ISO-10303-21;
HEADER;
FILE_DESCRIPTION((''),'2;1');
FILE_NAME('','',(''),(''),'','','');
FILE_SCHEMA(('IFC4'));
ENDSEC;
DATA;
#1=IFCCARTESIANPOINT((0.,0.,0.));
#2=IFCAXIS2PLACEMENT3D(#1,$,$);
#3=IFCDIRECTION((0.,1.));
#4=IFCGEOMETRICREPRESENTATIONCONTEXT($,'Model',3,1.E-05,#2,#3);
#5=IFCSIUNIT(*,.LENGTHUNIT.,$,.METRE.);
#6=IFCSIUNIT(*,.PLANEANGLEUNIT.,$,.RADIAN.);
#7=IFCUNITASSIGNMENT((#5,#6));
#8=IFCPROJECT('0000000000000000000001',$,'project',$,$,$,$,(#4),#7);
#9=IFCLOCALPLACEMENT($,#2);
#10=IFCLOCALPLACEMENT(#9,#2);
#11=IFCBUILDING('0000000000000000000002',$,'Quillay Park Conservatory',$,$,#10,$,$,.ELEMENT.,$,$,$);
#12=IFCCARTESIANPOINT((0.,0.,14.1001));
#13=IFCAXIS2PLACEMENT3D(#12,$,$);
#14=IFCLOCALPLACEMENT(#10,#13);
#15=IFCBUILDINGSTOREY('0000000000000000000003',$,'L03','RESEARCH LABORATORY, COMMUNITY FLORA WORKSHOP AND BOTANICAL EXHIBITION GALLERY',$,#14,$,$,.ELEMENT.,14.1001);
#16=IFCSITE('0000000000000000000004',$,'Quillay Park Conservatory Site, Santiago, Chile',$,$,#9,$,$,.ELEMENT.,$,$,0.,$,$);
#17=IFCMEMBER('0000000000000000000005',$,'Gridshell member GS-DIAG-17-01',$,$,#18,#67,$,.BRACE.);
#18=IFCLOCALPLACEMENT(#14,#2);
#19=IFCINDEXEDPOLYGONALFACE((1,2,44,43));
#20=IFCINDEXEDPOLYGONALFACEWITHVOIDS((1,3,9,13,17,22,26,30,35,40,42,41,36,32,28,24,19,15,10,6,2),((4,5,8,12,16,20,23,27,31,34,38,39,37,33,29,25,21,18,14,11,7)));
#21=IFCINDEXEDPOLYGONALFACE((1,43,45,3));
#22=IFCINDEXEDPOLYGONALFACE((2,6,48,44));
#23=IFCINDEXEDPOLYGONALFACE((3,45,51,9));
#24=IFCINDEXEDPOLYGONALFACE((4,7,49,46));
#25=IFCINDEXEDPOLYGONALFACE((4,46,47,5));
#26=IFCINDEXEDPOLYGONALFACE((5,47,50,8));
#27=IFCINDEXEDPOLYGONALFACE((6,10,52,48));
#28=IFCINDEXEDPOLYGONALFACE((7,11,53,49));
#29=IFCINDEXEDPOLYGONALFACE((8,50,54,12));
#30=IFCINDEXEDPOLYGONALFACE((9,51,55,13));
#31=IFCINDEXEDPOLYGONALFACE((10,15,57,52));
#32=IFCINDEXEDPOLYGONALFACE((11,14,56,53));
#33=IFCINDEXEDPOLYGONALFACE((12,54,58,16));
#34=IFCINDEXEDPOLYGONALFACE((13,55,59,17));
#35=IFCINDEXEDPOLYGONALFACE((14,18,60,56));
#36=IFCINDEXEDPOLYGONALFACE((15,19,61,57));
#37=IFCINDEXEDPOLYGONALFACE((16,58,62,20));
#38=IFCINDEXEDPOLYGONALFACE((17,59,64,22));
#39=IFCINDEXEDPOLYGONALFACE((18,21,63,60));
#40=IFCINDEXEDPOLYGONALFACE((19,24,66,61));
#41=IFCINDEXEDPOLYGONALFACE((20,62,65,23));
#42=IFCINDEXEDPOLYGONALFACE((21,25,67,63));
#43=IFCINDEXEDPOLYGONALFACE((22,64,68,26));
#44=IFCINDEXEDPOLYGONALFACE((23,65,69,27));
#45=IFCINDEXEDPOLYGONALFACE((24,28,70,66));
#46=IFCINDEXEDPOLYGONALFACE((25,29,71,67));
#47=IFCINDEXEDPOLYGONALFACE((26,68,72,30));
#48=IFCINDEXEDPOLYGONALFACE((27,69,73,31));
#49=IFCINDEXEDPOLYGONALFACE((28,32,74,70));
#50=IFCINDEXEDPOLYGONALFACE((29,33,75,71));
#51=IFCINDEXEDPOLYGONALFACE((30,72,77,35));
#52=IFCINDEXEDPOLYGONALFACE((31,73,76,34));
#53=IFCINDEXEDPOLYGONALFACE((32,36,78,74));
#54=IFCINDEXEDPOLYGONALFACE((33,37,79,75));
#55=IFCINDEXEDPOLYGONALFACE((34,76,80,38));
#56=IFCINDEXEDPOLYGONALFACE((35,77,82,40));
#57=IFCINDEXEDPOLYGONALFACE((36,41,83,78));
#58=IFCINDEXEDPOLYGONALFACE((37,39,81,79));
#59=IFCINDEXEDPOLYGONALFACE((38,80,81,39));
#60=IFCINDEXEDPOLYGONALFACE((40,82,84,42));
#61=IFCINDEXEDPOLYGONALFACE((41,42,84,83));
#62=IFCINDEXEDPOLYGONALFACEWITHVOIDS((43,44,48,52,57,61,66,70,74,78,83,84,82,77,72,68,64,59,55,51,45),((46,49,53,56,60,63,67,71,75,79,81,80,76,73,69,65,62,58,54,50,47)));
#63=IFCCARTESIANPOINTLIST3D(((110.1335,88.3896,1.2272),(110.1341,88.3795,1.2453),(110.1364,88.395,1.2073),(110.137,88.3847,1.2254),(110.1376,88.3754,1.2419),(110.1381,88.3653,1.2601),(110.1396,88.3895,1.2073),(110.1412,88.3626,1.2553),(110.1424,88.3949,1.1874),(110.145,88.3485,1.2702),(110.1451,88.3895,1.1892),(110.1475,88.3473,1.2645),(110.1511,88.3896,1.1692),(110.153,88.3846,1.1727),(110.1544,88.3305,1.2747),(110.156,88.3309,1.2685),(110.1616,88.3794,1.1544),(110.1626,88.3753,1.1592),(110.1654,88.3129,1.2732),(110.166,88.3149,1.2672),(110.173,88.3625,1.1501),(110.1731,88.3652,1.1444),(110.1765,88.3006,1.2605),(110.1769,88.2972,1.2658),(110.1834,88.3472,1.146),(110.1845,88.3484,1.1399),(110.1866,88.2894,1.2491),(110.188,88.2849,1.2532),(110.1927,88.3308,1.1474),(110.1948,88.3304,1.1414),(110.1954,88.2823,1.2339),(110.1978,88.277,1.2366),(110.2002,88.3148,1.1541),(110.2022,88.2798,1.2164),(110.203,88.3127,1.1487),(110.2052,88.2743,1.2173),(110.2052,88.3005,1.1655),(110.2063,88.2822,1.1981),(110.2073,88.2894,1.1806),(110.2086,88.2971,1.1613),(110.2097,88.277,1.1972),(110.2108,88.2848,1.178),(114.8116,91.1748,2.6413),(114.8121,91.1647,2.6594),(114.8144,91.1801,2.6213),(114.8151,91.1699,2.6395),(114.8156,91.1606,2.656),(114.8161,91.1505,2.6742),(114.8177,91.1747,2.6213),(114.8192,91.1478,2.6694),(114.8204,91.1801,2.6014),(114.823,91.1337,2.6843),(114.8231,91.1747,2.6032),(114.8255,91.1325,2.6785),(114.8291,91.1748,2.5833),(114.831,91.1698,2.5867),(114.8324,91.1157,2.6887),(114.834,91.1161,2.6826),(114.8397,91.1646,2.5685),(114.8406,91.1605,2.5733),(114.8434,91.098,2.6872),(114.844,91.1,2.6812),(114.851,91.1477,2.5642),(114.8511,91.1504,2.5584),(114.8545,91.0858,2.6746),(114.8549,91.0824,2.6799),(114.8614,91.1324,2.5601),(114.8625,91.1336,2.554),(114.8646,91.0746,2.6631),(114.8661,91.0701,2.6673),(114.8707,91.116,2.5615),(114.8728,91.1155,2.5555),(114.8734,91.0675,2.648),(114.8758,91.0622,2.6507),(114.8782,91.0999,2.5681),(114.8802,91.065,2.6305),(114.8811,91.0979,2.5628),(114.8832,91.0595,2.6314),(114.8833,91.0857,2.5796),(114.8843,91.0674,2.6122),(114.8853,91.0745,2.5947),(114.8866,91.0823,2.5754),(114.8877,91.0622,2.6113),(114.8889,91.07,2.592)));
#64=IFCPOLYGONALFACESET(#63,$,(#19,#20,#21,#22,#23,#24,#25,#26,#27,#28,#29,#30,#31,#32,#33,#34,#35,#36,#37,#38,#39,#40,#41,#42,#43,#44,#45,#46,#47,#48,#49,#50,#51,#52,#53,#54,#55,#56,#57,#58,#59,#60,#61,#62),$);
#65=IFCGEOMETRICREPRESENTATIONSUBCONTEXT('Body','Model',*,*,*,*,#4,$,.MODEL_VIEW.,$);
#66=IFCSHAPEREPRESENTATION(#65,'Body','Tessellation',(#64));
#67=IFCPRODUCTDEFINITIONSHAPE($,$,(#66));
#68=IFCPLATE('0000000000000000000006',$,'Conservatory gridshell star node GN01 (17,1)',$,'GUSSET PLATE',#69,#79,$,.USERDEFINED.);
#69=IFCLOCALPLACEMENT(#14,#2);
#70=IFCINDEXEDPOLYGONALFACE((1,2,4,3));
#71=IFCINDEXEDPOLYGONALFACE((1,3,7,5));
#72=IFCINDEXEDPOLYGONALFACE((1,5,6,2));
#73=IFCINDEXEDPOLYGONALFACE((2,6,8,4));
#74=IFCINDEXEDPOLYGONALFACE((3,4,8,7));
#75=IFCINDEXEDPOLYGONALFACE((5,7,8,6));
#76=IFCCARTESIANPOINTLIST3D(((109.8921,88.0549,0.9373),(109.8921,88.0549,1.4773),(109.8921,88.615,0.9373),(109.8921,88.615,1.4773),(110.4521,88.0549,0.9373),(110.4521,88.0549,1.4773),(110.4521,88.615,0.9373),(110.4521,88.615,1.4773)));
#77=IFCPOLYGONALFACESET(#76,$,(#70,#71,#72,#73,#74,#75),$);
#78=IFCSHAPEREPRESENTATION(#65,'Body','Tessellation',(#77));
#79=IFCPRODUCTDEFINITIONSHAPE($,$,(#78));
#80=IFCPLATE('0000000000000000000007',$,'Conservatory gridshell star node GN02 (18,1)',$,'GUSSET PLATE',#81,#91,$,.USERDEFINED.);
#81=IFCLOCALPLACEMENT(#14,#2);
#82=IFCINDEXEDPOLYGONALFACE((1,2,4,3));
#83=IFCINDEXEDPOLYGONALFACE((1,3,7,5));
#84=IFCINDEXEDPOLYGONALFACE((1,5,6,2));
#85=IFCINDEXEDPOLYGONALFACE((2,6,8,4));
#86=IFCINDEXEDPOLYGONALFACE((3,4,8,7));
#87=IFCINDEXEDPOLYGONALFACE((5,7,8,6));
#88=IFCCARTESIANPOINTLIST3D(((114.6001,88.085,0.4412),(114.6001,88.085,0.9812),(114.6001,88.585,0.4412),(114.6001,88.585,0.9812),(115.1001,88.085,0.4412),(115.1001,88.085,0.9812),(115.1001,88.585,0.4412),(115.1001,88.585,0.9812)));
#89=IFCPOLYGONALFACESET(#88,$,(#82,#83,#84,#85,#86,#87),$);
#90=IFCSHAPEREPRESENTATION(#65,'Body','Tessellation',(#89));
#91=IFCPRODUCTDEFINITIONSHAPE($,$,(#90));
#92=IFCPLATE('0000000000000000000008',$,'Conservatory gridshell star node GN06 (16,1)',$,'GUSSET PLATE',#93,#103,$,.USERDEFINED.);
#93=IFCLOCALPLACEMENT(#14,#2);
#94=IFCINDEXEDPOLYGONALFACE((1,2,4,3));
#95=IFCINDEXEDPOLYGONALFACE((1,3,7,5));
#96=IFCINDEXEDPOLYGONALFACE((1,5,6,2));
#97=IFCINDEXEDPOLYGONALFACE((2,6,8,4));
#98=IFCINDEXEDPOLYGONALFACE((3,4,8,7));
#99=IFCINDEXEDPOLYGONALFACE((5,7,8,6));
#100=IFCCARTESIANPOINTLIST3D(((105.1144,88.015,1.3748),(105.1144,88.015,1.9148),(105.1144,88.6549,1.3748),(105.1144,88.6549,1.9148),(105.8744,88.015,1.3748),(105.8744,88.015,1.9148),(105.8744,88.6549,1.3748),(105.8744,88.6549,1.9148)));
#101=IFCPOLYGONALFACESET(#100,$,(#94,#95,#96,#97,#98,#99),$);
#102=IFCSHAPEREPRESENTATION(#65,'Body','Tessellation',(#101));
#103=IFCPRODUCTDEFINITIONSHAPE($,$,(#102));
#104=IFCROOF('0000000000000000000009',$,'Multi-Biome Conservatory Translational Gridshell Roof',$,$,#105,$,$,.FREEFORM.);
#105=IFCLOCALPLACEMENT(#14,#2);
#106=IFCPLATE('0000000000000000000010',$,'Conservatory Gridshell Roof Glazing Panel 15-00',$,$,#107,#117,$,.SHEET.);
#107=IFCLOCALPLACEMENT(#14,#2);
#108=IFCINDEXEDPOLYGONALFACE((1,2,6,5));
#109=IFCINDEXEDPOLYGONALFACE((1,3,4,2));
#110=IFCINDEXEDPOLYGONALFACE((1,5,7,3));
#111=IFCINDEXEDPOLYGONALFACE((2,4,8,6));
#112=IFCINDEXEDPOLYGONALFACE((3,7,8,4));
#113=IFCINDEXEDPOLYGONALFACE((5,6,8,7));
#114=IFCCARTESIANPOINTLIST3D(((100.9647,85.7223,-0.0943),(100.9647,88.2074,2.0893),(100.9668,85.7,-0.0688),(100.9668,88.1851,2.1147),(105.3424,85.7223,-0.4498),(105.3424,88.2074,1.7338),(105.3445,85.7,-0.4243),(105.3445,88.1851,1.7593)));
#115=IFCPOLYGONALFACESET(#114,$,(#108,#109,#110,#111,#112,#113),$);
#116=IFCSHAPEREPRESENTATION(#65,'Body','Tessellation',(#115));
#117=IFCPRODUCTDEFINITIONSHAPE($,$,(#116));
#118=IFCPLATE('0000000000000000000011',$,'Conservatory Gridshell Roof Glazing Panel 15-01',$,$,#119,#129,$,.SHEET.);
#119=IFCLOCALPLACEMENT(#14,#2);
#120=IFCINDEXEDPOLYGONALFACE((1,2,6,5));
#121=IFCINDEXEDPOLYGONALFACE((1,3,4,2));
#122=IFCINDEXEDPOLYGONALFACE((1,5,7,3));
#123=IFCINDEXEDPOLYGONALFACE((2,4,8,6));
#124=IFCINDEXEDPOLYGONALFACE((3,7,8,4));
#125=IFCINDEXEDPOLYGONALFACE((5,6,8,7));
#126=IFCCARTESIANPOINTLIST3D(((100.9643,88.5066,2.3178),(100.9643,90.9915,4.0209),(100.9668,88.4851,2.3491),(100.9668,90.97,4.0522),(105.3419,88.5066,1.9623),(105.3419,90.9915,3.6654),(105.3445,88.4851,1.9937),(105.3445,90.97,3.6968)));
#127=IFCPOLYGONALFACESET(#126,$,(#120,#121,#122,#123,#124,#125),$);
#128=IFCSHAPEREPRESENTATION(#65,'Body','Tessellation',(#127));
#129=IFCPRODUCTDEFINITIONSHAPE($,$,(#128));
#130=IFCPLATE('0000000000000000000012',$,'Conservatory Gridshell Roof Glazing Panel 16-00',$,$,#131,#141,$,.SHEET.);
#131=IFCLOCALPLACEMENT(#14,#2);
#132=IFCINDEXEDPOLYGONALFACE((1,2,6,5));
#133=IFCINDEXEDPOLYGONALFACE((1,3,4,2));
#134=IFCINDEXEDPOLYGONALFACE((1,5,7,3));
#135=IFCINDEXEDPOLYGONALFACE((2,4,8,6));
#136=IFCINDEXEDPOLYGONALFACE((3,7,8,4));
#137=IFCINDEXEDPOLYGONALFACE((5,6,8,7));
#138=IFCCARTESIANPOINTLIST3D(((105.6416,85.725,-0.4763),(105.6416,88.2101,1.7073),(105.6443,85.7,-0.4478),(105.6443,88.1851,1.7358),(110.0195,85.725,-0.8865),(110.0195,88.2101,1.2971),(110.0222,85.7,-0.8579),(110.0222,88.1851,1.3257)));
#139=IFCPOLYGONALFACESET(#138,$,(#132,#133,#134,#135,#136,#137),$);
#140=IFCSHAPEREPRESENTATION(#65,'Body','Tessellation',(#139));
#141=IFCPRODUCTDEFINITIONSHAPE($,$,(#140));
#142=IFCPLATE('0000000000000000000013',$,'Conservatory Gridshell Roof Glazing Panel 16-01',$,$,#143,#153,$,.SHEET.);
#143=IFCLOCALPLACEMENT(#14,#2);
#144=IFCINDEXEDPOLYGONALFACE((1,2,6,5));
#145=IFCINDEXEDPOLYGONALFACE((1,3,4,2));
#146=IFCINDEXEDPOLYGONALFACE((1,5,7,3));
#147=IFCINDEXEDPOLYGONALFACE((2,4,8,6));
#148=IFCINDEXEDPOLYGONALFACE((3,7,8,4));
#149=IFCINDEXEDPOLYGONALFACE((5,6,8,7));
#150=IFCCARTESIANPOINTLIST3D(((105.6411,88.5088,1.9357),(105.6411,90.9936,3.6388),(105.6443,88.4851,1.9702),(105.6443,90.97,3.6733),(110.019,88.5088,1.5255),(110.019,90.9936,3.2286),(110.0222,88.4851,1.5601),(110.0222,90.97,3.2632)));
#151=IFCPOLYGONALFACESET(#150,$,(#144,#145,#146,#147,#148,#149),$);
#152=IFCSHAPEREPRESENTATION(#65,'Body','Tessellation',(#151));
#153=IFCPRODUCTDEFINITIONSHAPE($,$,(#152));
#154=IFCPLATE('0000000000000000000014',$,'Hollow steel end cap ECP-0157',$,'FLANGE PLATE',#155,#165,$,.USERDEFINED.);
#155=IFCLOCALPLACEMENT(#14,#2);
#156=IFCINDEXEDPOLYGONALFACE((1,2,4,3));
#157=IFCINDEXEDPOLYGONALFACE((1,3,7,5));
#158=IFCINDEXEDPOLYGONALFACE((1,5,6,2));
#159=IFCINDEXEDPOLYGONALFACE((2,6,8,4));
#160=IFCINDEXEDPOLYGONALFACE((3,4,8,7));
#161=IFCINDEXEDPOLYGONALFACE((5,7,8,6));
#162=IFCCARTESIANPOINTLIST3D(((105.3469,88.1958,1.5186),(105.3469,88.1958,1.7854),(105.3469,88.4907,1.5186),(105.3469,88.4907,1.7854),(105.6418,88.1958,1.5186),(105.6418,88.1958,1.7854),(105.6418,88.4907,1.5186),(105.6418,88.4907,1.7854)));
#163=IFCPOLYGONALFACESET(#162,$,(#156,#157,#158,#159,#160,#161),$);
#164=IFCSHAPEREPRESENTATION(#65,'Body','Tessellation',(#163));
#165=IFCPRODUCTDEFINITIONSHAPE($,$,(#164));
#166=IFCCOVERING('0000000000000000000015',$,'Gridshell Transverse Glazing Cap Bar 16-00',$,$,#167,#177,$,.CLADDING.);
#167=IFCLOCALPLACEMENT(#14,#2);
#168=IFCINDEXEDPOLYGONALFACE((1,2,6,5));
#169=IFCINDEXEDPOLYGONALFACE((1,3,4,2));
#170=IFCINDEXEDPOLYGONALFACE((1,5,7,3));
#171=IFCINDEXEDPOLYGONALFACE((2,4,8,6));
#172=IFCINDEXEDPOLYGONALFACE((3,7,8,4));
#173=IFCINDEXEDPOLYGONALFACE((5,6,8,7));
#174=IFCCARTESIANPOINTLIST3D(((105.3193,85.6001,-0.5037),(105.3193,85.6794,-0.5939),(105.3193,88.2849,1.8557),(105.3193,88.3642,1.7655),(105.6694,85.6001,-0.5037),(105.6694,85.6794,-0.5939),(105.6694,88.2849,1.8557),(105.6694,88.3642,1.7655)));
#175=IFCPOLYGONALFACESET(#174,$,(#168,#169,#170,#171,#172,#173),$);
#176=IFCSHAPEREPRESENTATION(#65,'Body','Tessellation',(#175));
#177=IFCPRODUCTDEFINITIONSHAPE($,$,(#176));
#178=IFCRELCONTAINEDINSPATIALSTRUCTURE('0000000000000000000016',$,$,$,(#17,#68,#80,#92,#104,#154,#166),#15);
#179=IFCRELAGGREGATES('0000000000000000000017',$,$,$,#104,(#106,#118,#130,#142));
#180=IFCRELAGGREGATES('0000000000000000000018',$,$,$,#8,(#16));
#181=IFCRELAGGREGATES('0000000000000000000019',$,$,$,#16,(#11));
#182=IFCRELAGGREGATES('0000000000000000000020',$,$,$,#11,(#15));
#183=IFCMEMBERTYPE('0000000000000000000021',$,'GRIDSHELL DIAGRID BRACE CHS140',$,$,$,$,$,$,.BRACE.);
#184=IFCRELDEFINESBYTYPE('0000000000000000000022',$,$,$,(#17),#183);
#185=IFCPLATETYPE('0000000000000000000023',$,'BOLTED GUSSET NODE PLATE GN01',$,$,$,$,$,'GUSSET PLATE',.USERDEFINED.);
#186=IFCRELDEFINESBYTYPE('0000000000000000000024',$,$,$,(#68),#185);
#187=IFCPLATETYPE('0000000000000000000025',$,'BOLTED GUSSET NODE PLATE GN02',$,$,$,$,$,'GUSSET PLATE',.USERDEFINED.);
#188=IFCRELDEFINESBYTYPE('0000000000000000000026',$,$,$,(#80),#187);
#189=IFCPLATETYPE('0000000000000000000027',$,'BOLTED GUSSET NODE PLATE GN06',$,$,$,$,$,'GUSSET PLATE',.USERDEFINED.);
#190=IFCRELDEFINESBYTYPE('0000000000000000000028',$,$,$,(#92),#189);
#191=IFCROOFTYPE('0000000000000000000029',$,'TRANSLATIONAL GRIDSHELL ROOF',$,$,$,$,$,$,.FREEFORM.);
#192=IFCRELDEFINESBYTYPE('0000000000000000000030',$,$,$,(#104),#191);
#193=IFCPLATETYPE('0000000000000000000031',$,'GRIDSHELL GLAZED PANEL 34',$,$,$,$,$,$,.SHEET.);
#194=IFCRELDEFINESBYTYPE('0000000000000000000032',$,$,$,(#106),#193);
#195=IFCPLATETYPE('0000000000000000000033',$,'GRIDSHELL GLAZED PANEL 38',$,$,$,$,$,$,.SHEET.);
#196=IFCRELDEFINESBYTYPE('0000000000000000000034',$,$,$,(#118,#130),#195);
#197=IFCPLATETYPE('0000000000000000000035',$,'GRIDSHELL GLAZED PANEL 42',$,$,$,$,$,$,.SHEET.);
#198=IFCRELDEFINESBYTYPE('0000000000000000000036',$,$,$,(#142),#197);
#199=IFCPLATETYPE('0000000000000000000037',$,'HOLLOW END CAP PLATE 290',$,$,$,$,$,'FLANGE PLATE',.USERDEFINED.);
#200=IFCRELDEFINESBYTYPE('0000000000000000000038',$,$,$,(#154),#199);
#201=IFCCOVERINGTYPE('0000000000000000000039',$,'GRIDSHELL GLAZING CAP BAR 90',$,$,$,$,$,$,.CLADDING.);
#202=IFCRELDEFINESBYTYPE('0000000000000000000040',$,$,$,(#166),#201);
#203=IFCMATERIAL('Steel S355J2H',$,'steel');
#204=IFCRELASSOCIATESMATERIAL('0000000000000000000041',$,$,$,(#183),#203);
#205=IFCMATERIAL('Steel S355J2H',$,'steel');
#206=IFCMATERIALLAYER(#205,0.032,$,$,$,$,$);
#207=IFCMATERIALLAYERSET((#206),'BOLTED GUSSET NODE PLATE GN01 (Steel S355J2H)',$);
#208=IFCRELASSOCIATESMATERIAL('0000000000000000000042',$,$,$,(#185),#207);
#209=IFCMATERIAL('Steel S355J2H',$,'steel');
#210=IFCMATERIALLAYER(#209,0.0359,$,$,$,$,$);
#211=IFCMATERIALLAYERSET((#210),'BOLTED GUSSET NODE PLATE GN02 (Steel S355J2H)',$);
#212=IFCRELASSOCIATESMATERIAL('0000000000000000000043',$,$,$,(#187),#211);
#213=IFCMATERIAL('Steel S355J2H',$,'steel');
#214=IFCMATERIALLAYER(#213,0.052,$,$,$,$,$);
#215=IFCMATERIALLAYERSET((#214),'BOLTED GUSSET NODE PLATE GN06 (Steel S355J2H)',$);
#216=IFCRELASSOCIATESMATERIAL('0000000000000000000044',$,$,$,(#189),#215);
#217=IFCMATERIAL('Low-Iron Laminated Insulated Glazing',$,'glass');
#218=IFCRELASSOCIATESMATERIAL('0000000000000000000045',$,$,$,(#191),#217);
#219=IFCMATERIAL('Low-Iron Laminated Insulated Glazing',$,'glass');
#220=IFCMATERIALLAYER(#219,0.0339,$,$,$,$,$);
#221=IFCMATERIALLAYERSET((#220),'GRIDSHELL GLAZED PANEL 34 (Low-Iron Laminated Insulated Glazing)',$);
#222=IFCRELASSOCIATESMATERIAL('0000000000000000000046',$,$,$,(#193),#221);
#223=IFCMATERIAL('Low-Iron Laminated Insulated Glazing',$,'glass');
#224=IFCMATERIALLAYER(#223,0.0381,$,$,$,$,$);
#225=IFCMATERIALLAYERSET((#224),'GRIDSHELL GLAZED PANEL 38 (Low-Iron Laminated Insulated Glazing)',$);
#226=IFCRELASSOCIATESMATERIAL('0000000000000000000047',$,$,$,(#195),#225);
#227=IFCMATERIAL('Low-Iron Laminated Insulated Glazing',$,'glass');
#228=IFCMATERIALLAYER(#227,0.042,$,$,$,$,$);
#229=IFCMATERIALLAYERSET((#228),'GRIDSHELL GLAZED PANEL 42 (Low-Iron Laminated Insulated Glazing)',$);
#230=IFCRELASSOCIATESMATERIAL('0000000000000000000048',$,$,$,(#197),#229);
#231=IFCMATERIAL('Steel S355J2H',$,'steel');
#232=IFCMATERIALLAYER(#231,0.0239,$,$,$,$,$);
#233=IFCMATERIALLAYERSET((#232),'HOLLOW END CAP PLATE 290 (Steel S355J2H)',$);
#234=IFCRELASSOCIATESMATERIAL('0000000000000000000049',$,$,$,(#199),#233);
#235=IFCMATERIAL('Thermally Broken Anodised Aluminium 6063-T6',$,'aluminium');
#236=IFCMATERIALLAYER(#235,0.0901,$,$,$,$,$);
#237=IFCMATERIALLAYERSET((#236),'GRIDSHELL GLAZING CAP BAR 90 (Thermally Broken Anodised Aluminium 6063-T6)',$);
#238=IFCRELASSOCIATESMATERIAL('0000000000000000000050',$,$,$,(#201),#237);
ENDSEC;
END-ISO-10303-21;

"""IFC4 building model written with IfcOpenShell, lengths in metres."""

from ifc_helpers import new_model, si_unit, direction, frame, origin, origin_2d, place, context, subcontext, project, spatial, polyline, rectangle, hollow_circle, outline, extrude, material, layer, layer_set, material_profile, profile_set, type_object, element, aggregate, save


model = new_model("IFC4")

# Units and contexts
model_context = context("Model", 3, precision=1e-05, world=origin(), true_north=direction((0.0, 1.0)))
body_context = subcontext(model_context, "Body", "Model", "MODEL_VIEW")
ifc_project = project(units=[si_unit("LENGTHUNIT", "METRE"), si_unit("PLANEANGLEUNIT", "RADIAN")], contexts=[model_context])

# Site, building, storey
site_placement = place(None, origin())
site = spatial("IfcSite", under=ifc_project, at=site_placement, Name="Quillay Park Conservatory Site, Santiago, Chile", CompositionType="ELEMENT", RefElevation=0.0)
building_placement = place(site_placement, origin())
building = spatial("IfcBuilding", under=site, at=building_placement, Name="Quillay Park Conservatory", CompositionType="ELEMENT")
storey_placement = place(building_placement, frame((0.0, 0.0, 14.1001)))
storey = spatial("IfcBuildingStorey", under=building, at=storey_placement, Name="L03", Description="RESEARCH LABORATORY, COMMUNITY FLORA WORKSHOP AND BOTANICAL EXHIBITION GALLERY", CompositionType="ELEMENT", Elevation=14.1001)

# Member
ifc_material_1 = material(Name="Steel S355J2H", Category="steel")
ifc_material_profile_1 = material_profile(ifc_material_1, hollow_circle(Radius=0.0698, WallThickness=0.0063, at=origin_2d()), Name="CHS139.7x6.3")
ifc_profile_set_1 = profile_set([ifc_material_profile_1], Name="Steel S355J2H")
member_type_1 = type_object("IfcMemberType", Name="GRIDSHELL DIAGRID BRACE CHS140", PredefinedType="BRACE", material=ifc_profile_set_1)
member_1_placement = place(storey_placement, frame((110.1721, 88.335, 1.2073), z_axis=(0.831647, 0.495143, 0.251391), x_axis=(-0.511571, 0.859241, 0.0)))
element("IfcMember", 1, at=member_1_placement, inside=storey, type_object=member_type_1, Name="Gridshell member GS-DIAG-17-01", PredefinedType="BRACE", context=body_context, shape_type="SweptSolid", body=[
    extrude(hollow_circle(Radius=0.0698, WallThickness=0.0063, at=origin_2d()), origin(), (0.0, 0.0, 1.0), 5.625),
])

# Plates
ifc_material_2 = material(Name="Steel S355J2H", Category="steel")
ifc_layer_1 = layer(ifc_material_2, 0.032)
ifc_layer_set_1 = layer_set([ifc_layer_1], Name="BOLTED GUSSET NODE PLATE GN01 (Steel S355J2H)")
plate_type_1 = type_object("IfcPlateType", Name="BOLTED GUSSET NODE PLATE GN01", ElementType="GUSSET PLATE", PredefinedType="USERDEFINED", material=ifc_layer_set_1)
plate_1_placement = place(storey_placement, frame((110.1721, 88.335, 0.9373), z_axis=(0.0, 0.0, 1.0), x_axis=(1.0, 0.0, 0.0)))
element("IfcPlate", 2, at=plate_1_placement, inside=storey, type_object=plate_type_1, Name="Conservatory gridshell star node GN01 (17,1)", ObjectType="GUSSET PLATE", PredefinedType="USERDEFINED", context=body_context, shape_type="SweptSolid", body=[
    extrude(rectangle(XDim=0.5601, YDim=0.5601, at=origin_2d()), origin(), (0.0, 0.0, 1.0), 0.54),
])
ifc_material_3 = material(Name="Steel S355J2H", Category="steel")
ifc_layer_2 = layer(ifc_material_3, 0.0359)
ifc_layer_set_2 = layer_set([ifc_layer_2], Name="BOLTED GUSSET NODE PLATE GN02 (Steel S355J2H)")
plate_type_2 = type_object("IfcPlateType", Name="BOLTED GUSSET NODE PLATE GN02", ElementType="GUSSET PLATE", PredefinedType="USERDEFINED", material=ifc_layer_set_2)
plate_2_placement = place(storey_placement, frame((114.8501, 88.335, 0.4412), z_axis=(0.0, 0.0, 1.0), x_axis=(1.0, 0.0, 0.0)))
element("IfcPlate", 3, at=plate_2_placement, inside=storey, type_object=plate_type_2, Name="Conservatory gridshell star node GN02 (18,1)", ObjectType="GUSSET PLATE", PredefinedType="USERDEFINED", context=body_context, shape_type="SweptSolid", body=[
    extrude(rectangle(XDim=0.5, YDim=0.5, at=origin_2d()), origin(), (0.0, 0.0, 1.0), 0.54),
])
ifc_material_4 = material(Name="Steel S355J2H", Category="steel")
ifc_layer_3 = layer(ifc_material_4, 0.052)
ifc_layer_set_3 = layer_set([ifc_layer_3], Name="BOLTED GUSSET NODE PLATE GN06 (Steel S355J2H)")
plate_type_3 = type_object("IfcPlateType", Name="BOLTED GUSSET NODE PLATE GN06", ElementType="GUSSET PLATE", PredefinedType="USERDEFINED", material=ifc_layer_set_3)
plate_3_placement = place(storey_placement, frame((105.4944, 88.335, 1.3748), z_axis=(0.0, 0.0, 1.0), x_axis=(1.0, 0.0, 0.0)))
element("IfcPlate", 4, at=plate_3_placement, inside=storey, type_object=plate_type_3, Name="Conservatory gridshell star node GN06 (16,1)", ObjectType="GUSSET PLATE", PredefinedType="USERDEFINED", context=body_context, shape_type="SweptSolid", body=[
    extrude(rectangle(XDim=0.76, YDim=0.6399, at=origin_2d()), origin(), (0.0, 0.0, 1.0), 0.54),
])

# Roof, plates
ifc_material_5 = material(Name="Low-Iron Laminated Insulated Glazing", Category="glass")
roof_type = type_object("IfcRoofType", Name="TRANSLATIONAL GRIDSHELL ROOF", PredefinedType="FREEFORM", material=ifc_material_5)
roof_placement = place(storey_placement, origin())
roof = element("IfcRoof", 5, at=roof_placement, inside=storey, type_object=roof_type, Name="Multi-Biome Conservatory Translational Gridshell Roof", PredefinedType="FREEFORM")
ifc_material_6 = material(Name="Low-Iron Laminated Insulated Glazing", Category="glass")
ifc_layer_4 = layer(ifc_material_6, 0.0339)
ifc_layer_set_4 = layer_set([ifc_layer_4], Name="GRIDSHELL GLAZED PANEL 34 (Low-Iron Laminated Insulated Glazing)")
plate_type_4 = type_object("IfcPlateType", Name="GRIDSHELL GLAZED PANEL 34", PredefinedType="SHEET", material=ifc_layer_set_4)
plate_4_placement = place(storey_placement, frame((100.9668, 85.7, -0.0688), z_axis=(0.060885, -0.658841, 0.749814), x_axis=(0.996719, 0.0, -0.080934)))
plate_4 = element("IfcPlate", 6, at=plate_4_placement, type_object=plate_type_4, Name="Conservatory Gridshell Roof Glazing Panel 15-00", PredefinedType="SHEET", context=body_context, shape_type="SweptSolid", body=[
    extrude(outline(polyline([(0.0, 0.0), (4.3921, 0.0), (4.2154, 3.3034), (-0.1767, 3.3034), (0.0, 0.0)])), origin(), (0.0, 0.0, -1.0), 0.0339),
])
ifc_material_7 = material(Name="Low-Iron Laminated Insulated Glazing", Category="glass")
ifc_layer_5 = layer(ifc_material_7, 0.0381)
ifc_layer_set_5 = layer_set([ifc_layer_5], Name="GRIDSHELL GLAZED PANEL 38 (Low-Iron Laminated Insulated Glazing)")
plate_type_5 = type_object("IfcPlateType", Name="GRIDSHELL GLAZED PANEL 38", PredefinedType="SHEET", material=ifc_layer_set_5)
plate_5_placement = place(storey_placement, frame((100.9668, 88.4851, 2.3491), z_axis=(0.066828, -0.564088, 0.823006), x_axis=(0.996719, 0.0, -0.080934)))
plate_5 = element("IfcPlate", 7, at=plate_5_placement, type_object=plate_type_5, Name="Conservatory Gridshell Roof Glazing Panel 15-01", PredefinedType="SHEET", context=body_context, shape_type="SweptSolid", body=[
    extrude(outline(polyline([(0.0, 0.0), (4.3921, 0.0), (4.2543, 3.0093), (-0.1378, 3.0093), (0.0, 0.0)])), origin(), (0.0, 0.0, -1.0), 0.0381),
])
plate_6_placement = place(storey_placement, frame((105.6443, 85.7, -0.4478), z_axis=(0.070205, -0.658437, 0.749355), x_axis=(0.99564, 0.0, -0.093279)))
plate_6 = element("IfcPlate", 8, at=plate_6_placement, type_object=plate_type_5, Name="Conservatory Gridshell Roof Glazing Panel 16-00", PredefinedType="SHEET", context=body_context, shape_type="SweptSolid", body=[
    extrude(outline(polyline([(0.0, 0.0), (4.3971, 0.0), (4.1934, 3.3019), (-0.2037, 3.3019), (0.0, 0.0)])), origin(), (0.0, 0.0, -1.0), 0.0381),
])
ifc_material_8 = material(Name="Low-Iron Laminated Insulated Glazing", Category="glass")
ifc_layer_6 = layer(ifc_material_8, 0.042)
ifc_layer_set_6 = layer_set([ifc_layer_6], Name="GRIDSHELL GLAZED PANEL 42 (Low-Iron Laminated Insulated Glazing)")
plate_type_6 = type_object("IfcPlateType", Name="GRIDSHELL GLAZED PANEL 42", PredefinedType="SHEET", material=ifc_layer_set_6)
plate_7_placement = place(storey_placement, frame((105.6443, 88.4851, 1.9702), z_axis=(0.077048, -0.563671, 0.822398), x_axis=(0.99564, 0.0, -0.093279)))
plate_7 = element("IfcPlate", 9, at=plate_7_placement, type_object=plate_type_6, Name="Conservatory Gridshell Roof Glazing Panel 16-01", PredefinedType="SHEET", context=body_context, shape_type="SweptSolid", body=[
    extrude(outline(polyline([(0.0, 0.0), (4.3971, 0.0), (4.2382, 3.0083), (-0.1589, 3.0083), (0.0, 0.0)])), origin(), (0.0, 0.0, -1.0), 0.042),
])
aggregate(roof, [plate_4, plate_5, plate_6, plate_7])

# Plate
ifc_material_9 = material(Name="Steel S355J2H", Category="steel")
ifc_layer_7 = layer(ifc_material_9, 0.0239)
ifc_layer_set_7 = layer_set([ifc_layer_7], Name="HOLLOW END CAP PLATE 290 (Steel S355J2H)")
plate_type_7 = type_object("IfcPlateType", Name="HOLLOW END CAP PLATE 290", ElementType="FLANGE PLATE", PredefinedType="USERDEFINED", material=ifc_layer_set_7)
plate_8_placement = place(storey_placement, frame((105.4944, 88.3433, 1.5186), z_axis=(0.0, 0.0, 1.0), x_axis=(1.0, 0.0, 0.0)))
element("IfcPlate", 10, at=plate_8_placement, inside=storey, type_object=plate_type_7, Name="Hollow steel end cap ECP-0157", ObjectType="FLANGE PLATE", PredefinedType="USERDEFINED", context=body_context, shape_type="SweptSolid", body=[
    extrude(rectangle(XDim=0.2949, YDim=0.2949, at=origin_2d()), origin(), (0.0, 0.0, 1.0), 0.2668),
])

# Covering
ifc_material_10 = material(Name="Thermally Broken Anodised Aluminium 6063-T6", Category="aluminium")
ifc_layer_8 = layer(ifc_material_10, 0.0901)
ifc_layer_set_8 = layer_set([ifc_layer_8], Name="GRIDSHELL GLAZING CAP BAR 90 (Thermally Broken Anodised Aluminium 6063-T6)")
covering_type = type_object("IfcCoveringType", Name="GRIDSHELL GLAZING CAP BAR 90", PredefinedType="CLADDING", material=ifc_layer_set_8)
covering_1_placement = place(storey_placement, frame((105.3193, 85.6001, -0.5037), z_axis=(0.0, -0.660113, 0.751166), x_axis=(1.0, 0.0, 0.0)))
element("IfcCovering", 11, at=covering_1_placement, inside=storey, type_object=covering_type, Name="Gridshell Transverse Glazing Cap Bar 16-00", PredefinedType="CLADDING", context=body_context, shape_type="SweptSolid", body=[
    extrude(outline(polyline([(0.0, 0.0), (0.3501, 0.0), (0.3501, 3.5742), (0.0, 3.5742), (0.0, 0.0)])), origin(), (0.0, 0.0, -1.0), 0.1201),
])

save(model, "model.ifc")
